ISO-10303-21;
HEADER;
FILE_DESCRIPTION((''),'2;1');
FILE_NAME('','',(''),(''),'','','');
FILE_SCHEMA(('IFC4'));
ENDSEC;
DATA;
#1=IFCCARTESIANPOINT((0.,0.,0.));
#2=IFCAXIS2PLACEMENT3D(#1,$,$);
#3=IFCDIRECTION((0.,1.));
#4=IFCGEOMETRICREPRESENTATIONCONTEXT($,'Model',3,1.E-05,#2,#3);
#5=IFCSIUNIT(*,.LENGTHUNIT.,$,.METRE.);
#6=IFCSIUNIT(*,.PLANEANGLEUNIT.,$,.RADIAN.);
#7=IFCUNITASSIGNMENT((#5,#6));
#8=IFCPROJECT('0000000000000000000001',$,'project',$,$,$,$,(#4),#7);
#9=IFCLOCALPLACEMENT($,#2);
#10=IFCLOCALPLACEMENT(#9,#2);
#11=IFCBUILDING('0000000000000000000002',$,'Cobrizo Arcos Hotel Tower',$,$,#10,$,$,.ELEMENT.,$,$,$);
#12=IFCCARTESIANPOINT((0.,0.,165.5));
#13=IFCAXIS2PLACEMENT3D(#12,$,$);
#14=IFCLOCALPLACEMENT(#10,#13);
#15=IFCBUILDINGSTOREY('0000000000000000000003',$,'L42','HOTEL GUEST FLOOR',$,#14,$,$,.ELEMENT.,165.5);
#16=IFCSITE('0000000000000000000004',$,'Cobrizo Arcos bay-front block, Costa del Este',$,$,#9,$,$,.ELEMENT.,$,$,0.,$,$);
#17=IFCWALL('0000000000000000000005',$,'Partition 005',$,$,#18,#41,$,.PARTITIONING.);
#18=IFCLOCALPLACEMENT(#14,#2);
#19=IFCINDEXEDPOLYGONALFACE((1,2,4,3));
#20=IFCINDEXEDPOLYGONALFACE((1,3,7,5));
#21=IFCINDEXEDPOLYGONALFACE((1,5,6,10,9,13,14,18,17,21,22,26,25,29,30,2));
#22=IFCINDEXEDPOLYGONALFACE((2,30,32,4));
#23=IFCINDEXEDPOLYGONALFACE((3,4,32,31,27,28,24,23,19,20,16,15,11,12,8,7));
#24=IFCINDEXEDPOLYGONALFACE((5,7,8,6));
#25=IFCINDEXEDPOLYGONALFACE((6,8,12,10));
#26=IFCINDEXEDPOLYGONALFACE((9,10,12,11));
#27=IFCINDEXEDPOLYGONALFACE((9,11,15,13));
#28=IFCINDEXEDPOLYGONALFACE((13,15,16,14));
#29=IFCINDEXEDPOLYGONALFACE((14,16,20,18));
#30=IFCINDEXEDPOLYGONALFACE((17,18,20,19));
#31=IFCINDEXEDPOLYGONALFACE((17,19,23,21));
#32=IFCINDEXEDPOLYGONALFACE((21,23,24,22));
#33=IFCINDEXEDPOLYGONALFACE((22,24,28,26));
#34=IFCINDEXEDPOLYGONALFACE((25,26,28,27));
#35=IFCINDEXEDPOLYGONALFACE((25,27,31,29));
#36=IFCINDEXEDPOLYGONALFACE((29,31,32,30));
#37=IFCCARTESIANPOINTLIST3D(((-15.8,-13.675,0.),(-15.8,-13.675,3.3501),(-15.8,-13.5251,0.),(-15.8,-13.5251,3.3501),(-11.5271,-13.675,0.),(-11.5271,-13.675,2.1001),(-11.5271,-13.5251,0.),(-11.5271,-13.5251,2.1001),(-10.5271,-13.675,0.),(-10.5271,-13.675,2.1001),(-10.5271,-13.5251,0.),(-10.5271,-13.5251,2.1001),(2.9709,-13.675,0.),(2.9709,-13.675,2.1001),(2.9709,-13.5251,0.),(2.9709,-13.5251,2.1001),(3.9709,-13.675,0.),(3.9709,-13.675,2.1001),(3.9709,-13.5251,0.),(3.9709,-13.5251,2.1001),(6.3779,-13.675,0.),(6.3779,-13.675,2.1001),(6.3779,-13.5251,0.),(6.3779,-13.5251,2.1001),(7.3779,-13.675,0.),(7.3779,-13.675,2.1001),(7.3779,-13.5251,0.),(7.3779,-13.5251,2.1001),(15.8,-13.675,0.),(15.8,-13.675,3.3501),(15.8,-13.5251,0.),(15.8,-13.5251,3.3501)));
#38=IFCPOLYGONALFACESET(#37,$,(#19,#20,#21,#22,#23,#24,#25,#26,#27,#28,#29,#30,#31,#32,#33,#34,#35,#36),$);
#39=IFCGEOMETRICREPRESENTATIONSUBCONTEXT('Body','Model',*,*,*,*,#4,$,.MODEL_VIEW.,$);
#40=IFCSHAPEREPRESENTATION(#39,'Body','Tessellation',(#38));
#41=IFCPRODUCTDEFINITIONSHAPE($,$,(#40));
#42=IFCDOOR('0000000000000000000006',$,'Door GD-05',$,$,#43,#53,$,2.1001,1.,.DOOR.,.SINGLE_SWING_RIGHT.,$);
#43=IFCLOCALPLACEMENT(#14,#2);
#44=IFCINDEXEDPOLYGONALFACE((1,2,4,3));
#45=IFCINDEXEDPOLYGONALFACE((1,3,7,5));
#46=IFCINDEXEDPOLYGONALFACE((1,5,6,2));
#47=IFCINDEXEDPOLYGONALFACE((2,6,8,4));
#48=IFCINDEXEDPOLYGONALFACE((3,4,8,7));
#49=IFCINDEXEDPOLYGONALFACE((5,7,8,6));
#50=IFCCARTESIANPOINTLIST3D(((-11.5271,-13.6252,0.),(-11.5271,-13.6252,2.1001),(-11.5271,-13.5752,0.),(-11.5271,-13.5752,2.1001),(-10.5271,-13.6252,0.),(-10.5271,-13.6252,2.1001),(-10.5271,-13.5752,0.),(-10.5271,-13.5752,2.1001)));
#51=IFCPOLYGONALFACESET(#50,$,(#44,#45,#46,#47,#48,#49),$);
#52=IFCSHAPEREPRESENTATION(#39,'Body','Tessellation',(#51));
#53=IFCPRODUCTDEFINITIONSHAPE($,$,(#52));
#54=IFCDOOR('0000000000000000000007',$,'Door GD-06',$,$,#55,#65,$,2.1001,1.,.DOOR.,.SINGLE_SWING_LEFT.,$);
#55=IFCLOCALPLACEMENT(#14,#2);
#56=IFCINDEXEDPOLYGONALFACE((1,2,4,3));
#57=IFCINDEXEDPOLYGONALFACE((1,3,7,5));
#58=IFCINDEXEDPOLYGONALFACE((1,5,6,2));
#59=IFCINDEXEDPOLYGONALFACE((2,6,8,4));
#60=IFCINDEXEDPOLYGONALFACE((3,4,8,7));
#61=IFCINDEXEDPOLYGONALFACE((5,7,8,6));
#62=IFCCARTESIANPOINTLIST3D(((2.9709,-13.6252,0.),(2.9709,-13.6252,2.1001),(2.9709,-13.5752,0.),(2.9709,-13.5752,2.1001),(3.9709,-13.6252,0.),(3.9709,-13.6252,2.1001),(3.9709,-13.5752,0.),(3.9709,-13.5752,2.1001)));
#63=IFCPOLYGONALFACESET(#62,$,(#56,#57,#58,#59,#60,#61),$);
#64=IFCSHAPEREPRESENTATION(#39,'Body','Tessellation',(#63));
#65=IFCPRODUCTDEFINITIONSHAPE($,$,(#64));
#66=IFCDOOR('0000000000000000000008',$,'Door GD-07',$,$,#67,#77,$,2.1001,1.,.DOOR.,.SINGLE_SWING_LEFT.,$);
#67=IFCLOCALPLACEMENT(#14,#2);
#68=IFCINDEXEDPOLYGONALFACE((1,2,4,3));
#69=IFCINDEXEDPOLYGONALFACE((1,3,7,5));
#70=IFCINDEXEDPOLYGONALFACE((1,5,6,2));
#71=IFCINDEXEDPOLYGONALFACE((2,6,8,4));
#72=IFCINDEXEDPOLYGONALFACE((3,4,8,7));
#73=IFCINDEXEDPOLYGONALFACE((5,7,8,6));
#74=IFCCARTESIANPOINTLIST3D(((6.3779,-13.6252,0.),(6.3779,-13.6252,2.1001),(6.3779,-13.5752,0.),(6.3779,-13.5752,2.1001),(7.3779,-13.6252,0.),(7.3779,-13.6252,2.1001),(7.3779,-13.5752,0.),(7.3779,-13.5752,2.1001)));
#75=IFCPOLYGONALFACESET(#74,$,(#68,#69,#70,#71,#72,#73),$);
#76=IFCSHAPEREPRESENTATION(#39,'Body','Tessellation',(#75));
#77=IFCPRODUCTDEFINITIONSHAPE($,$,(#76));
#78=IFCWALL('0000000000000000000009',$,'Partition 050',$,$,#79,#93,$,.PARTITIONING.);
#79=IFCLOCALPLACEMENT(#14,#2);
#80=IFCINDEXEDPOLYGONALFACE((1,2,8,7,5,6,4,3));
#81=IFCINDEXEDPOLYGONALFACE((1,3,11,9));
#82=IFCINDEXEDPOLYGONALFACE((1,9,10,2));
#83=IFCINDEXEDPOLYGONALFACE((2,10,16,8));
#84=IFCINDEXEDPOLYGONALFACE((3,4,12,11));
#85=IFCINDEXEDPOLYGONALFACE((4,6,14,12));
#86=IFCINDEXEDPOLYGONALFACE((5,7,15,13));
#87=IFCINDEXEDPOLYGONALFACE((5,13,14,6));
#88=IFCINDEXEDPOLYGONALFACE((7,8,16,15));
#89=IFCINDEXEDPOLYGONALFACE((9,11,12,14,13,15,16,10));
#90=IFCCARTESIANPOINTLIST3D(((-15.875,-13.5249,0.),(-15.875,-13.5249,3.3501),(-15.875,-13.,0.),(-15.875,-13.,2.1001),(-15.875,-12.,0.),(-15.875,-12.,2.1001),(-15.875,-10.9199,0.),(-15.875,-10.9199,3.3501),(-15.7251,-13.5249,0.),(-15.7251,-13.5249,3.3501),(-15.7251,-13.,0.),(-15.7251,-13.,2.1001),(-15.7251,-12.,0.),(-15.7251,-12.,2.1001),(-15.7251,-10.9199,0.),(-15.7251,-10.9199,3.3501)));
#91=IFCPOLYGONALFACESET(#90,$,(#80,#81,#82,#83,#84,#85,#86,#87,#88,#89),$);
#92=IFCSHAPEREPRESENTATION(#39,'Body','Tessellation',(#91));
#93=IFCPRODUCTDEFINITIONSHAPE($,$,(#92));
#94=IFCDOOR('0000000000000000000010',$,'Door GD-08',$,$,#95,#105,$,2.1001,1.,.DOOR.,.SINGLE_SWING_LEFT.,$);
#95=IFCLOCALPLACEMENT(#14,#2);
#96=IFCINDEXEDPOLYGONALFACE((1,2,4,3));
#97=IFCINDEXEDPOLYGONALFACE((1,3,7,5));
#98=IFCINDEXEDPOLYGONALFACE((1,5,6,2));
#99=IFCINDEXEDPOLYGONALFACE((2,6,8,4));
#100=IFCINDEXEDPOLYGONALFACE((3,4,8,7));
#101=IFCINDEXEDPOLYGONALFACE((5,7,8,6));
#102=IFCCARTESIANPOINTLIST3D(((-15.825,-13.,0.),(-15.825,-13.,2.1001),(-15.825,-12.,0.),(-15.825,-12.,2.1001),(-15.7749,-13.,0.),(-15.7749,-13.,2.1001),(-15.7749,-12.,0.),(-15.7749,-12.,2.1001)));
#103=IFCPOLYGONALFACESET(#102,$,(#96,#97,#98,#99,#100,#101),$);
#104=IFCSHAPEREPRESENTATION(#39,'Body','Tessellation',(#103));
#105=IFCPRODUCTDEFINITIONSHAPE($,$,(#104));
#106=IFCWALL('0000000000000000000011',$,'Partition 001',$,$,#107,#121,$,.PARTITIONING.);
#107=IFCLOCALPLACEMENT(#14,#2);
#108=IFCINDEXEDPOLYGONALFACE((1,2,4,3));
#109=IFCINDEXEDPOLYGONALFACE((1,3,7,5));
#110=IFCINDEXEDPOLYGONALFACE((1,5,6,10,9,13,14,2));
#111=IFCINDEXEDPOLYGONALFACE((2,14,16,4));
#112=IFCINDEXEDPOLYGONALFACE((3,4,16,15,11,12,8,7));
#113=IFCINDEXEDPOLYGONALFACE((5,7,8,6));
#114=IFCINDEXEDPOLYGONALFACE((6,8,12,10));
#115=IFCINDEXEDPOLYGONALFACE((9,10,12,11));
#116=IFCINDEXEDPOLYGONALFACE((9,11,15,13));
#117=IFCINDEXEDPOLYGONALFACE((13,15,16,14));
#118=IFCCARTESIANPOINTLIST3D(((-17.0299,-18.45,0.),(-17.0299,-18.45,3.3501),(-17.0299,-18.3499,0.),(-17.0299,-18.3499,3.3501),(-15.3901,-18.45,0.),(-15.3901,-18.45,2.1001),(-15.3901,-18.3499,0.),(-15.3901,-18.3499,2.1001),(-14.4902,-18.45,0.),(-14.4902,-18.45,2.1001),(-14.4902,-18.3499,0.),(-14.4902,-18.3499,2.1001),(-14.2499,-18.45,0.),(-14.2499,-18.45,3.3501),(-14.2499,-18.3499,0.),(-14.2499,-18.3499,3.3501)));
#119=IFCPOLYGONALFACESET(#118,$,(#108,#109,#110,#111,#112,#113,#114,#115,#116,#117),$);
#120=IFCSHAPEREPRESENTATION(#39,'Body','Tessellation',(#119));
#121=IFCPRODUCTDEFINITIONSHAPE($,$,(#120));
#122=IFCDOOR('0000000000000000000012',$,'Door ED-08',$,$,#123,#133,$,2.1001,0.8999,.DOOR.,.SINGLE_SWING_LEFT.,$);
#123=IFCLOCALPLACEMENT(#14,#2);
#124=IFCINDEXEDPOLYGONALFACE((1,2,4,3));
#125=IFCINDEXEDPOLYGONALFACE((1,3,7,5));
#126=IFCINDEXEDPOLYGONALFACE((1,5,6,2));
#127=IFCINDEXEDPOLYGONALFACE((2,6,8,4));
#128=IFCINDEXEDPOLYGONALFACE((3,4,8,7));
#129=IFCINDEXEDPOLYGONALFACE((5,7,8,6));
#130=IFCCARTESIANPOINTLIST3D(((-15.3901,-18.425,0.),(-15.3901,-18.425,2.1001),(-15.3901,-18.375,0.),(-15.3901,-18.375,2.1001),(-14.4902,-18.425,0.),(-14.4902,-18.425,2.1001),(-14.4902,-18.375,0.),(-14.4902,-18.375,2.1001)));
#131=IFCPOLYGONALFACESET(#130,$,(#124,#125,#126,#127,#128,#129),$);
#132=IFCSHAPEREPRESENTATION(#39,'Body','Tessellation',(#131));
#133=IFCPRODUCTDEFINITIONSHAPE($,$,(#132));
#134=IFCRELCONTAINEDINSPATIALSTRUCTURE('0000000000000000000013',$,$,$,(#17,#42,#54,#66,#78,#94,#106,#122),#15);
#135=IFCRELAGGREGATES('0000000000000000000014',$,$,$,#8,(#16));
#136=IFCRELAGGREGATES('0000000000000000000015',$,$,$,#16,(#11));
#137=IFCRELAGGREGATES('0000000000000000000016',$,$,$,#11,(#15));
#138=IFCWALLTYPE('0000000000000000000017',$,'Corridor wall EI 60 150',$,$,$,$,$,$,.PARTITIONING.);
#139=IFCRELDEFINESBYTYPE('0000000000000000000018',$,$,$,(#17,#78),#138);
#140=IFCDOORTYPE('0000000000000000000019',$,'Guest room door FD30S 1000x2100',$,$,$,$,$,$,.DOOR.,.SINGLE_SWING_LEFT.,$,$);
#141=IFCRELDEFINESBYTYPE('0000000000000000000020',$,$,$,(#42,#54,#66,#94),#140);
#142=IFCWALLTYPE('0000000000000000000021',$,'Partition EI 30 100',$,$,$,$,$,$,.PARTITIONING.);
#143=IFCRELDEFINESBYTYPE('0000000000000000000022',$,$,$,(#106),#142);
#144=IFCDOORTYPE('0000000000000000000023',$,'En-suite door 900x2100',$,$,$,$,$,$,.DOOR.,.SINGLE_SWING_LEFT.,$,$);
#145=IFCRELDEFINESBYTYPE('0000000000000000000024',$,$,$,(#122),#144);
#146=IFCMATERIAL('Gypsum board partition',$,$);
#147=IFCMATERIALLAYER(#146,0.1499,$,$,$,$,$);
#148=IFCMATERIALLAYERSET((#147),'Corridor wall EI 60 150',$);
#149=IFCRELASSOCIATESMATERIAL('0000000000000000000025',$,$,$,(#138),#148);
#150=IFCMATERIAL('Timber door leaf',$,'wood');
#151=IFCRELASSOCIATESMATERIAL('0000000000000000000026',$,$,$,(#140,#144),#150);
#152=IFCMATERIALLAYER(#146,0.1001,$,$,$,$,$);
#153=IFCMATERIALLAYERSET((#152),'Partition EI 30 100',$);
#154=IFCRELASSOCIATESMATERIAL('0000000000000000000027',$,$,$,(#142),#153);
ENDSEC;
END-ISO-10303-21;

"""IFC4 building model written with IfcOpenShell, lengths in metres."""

from ifc_helpers import new_model, si_unit, direction, frame, frame_2d, origin, place, context, subcontext, project, spatial, rectangle, extrude, material, layer, layer_set, type_object, element, fill, save


model = new_model("IFC4")

# Units and contexts
model_context = context("Model", 3, precision=1e-05, world=origin(), true_north=direction((0.0, 1.0)))
body_context = subcontext(model_context, "Body", "Model", "MODEL_VIEW")
ifc_project = project(units=[si_unit("LENGTHUNIT", "METRE"), si_unit("PLANEANGLEUNIT", "RADIAN")], contexts=[model_context])

# Site, building, storey
site_placement = place(None, origin())
site = spatial("IfcSite", under=ifc_project, at=site_placement, Name="Cobrizo Arcos bay-front block, Costa del Este", CompositionType="ELEMENT", RefElevation=0.0)
building_placement = place(site_placement, origin())
building = spatial("IfcBuilding", under=site, at=building_placement, Name="Cobrizo Arcos Hotel Tower", CompositionType="ELEMENT")
storey_placement = place(building_placement, frame((0.0, 0.0, 165.5)))
storey = spatial("IfcBuildingStorey", under=building, at=storey_placement, Name="L42", Description="HOTEL GUEST FLOOR", CompositionType="ELEMENT", Elevation=165.5)

# Wall, openings, doors
ifc_material_1 = material(Name="Gypsum board partition")
ifc_layer_1 = layer(ifc_material_1, 0.1499)
ifc_layer_set_1 = layer_set([ifc_layer_1], Name="Corridor wall EI 60 150")
wall_type_1 = type_object("IfcWallType", Name="Corridor wall EI 60 150", PredefinedType="PARTITIONING", material=ifc_layer_set_1)
wall_1_placement = place(storey_placement, frame((-15.8, -13.6001, 0.0), z_axis=(0.0, 0.0, 1.0), x_axis=(1.0, 0.0, 0.0)))
wall_1 = element("IfcWall", 1, at=wall_1_placement, inside=storey, type_object=wall_type_1, Name="Partition 005", PredefinedType="PARTITIONING", context=body_context, shape_type="SweptSolid", body=[
    extrude(rectangle(XDim=31.6001, YDim=0.1499, at=frame_2d((15.8, 0.0))), origin(), (0.0, 0.0, 1.0), 3.3501),
])
opening_1_placement = place(wall_1_placement, frame((4.2729, 0.0, 0.0)))
opening_1 = element("IfcOpeningElement", 2, at=opening_1_placement, cuts=wall_1, PredefinedType="OPENING", context=body_context, shape_type="SweptSolid", body=[
    extrude(rectangle(XDim=1.0, YDim=2.1001, at=frame_2d((0.5, 1.05))), frame((0.0, 0.0869, 0.0), z_axis=(0.0, -1.0, 0.0), x_axis=(1.0, 0.0, 0.0)), (0.0, 0.0, 1.0), 0.1738),
])
opening_2_placement = place(wall_1_placement, frame((18.771, 0.0, 0.0)))
opening_2 = element("IfcOpeningElement", 3, at=opening_2_placement, cuts=wall_1, PredefinedType="OPENING", context=body_context, shape_type="SweptSolid", body=[
    extrude(rectangle(XDim=1.0, YDim=2.1001, at=frame_2d((0.5, 1.05))), frame((0.0, 0.0869, 0.0), z_axis=(0.0, -1.0, 0.0), x_axis=(1.0, 0.0, 0.0)), (0.0, 0.0, 1.0), 0.1738),
])
opening_3_placement = place(wall_1_placement, frame((22.178, 0.0, 0.0)))
opening_3 = element("IfcOpeningElement", 4, at=opening_3_placement, cuts=wall_1, PredefinedType="OPENING", context=body_context, shape_type="SweptSolid", body=[
    extrude(rectangle(XDim=1.0, YDim=2.1001, at=frame_2d((0.5, 1.05))), frame((0.0, 0.0869, 0.0), z_axis=(0.0, -1.0, 0.0), x_axis=(1.0, 0.0, 0.0)), (0.0, 0.0, 1.0), 0.1738),
])
ifc_material_2 = material(Name="Timber door leaf", Category="wood")
door_type_1 = type_object("IfcDoorType", Name="Guest room door FD30S 1000x2100", OperationType="SINGLE_SWING_LEFT", PredefinedType="DOOR", material=ifc_material_2)
door_1_placement = place(opening_1_placement, origin())
door_1 = element("IfcDoor", 5, at=door_1_placement, inside=storey, type_object=door_type_1, Name="Door GD-05", OperationType="SINGLE_SWING_RIGHT", OverallHeight=2.1001, OverallWidth=1.0, PredefinedType="DOOR", context=body_context, shape_type="SweptSolid", body=[
    extrude(rectangle(XDim=1.0, YDim=2.1001, at=frame_2d((0.5, 1.05))), frame((0.0, 0.0249, 0.0), z_axis=(0.0, -1.0, 0.0), x_axis=(1.0, 0.0, 0.0)), (0.0, 0.0, 1.0), 0.05),
])
fill(opening_1, door_1)
door_2_placement = place(opening_2_placement, origin())
door_2 = element("IfcDoor", 6, at=door_2_placement, inside=storey, type_object=door_type_1, Name="Door GD-06", OperationType="SINGLE_SWING_LEFT", OverallHeight=2.1001, OverallWidth=1.0, PredefinedType="DOOR", context=body_context, shape_type="SweptSolid", body=[
    extrude(rectangle(XDim=1.0, YDim=2.1001, at=frame_2d((0.5, 1.05))), frame((0.0, 0.0249, 0.0), z_axis=(0.0, -1.0, 0.0), x_axis=(1.0, 0.0, 0.0)), (0.0, 0.0, 1.0), 0.05),
])
fill(opening_2, door_2)
door_3_placement = place(opening_3_placement, origin())
door_3 = element("IfcDoor", 7, at=door_3_placement, inside=storey, type_object=door_type_1, Name="Door GD-07", OperationType="SINGLE_SWING_LEFT", OverallHeight=2.1001, OverallWidth=1.0, PredefinedType="DOOR", context=body_context, shape_type="SweptSolid", body=[
    extrude(rectangle(XDim=1.0, YDim=2.1001, at=frame_2d((0.5, 1.05))), frame((0.0, 0.0249, 0.0), z_axis=(0.0, -1.0, 0.0), x_axis=(1.0, 0.0, 0.0)), (0.0, 0.0, 1.0), 0.05),
])
fill(opening_3, door_3)

# Walls, openings, doors
wall_2_placement = place(storey_placement, frame((-15.8, -13.5249, 0.0), z_axis=(0.0, 0.0, 1.0), x_axis=(0.0, 1.0, 0.0)))
wall_2 = element("IfcWall", 8, at=wall_2_placement, inside=storey, type_object=wall_type_1, Name="Partition 050", PredefinedType="PARTITIONING", context=body_context, shape_type="SweptSolid", body=[
    extrude(rectangle(XDim=2.605, YDim=0.1499, at=frame_2d((1.3025, 0.0))), origin(), (0.0, 0.0, 1.0), 3.3501),
])
opening_4_placement = place(wall_2_placement, frame((0.5249, 0.0, 0.0)))
opening_4 = element("IfcOpeningElement", 9, at=opening_4_placement, cuts=wall_2, PredefinedType="OPENING", context=body_context, shape_type="SweptSolid", body=[
    extrude(rectangle(XDim=1.0, YDim=2.1001, at=frame_2d((0.5, 1.05))), frame((0.0, 0.0869, 0.0), z_axis=(0.0, -1.0, 0.0), x_axis=(1.0, 0.0, 0.0)), (0.0, 0.0, 1.0), 0.1738),
])
door_4_placement = place(opening_4_placement, origin())
door_4 = element("IfcDoor", 10, at=door_4_placement, inside=storey, type_object=door_type_1, Name="Door GD-08", OperationType="SINGLE_SWING_LEFT", OverallHeight=2.1001, OverallWidth=1.0, PredefinedType="DOOR", context=body_context, shape_type="SweptSolid", body=[
    extrude(rectangle(XDim=1.0, YDim=2.1001, at=frame_2d((0.5, 1.05))), frame((0.0, 0.0249, 0.0), z_axis=(0.0, -1.0, 0.0), x_axis=(1.0, 0.0, 0.0)), (0.0, 0.0, 1.0), 0.05),
])
fill(opening_4, door_4)
ifc_layer_2 = layer(ifc_material_1, 0.1001)
ifc_layer_set_2 = layer_set([ifc_layer_2], Name="Partition EI 30 100")
wall_type_2 = type_object("IfcWallType", Name="Partition EI 30 100", PredefinedType="PARTITIONING", material=ifc_layer_set_2)
wall_3_placement = place(storey_placement, frame((-17.03, -18.3999, 0.0), z_axis=(0.0, 0.0, 1.0), x_axis=(1.0, 0.0, 0.0)))
wall_3 = element("IfcWall", 11, at=wall_3_placement, inside=storey, type_object=wall_type_2, Name="Partition 001", PredefinedType="PARTITIONING", context=body_context, shape_type="SweptSolid", body=[
    extrude(rectangle(XDim=2.78, YDim=0.1001, at=frame_2d((1.3901, 0.0))), origin(), (0.0, 0.0, 1.0), 3.3501),
])
opening_5_placement = place(wall_3_placement, frame((1.6399, 0.0, 0.0)))
opening_5 = element("IfcOpeningElement", 12, at=opening_5_placement, cuts=wall_3, PredefinedType="OPENING", context=body_context, shape_type="SweptSolid", body=[
    extrude(rectangle(XDim=0.8999, YDim=2.1001, at=frame_2d((0.45, 1.05))), frame((0.0, 0.062, 0.0), z_axis=(0.0, -1.0, 0.0), x_axis=(1.0, 0.0, 0.0)), (0.0, 0.0, 1.0), 0.124),
])
door_type_2 = type_object("IfcDoorType", Name="En-suite door 900x2100", OperationType="SINGLE_SWING_LEFT", PredefinedType="DOOR", material=ifc_material_2)
door_5_placement = place(opening_5_placement, origin())
door_5 = element("IfcDoor", 13, at=door_5_placement, inside=storey, type_object=door_type_2, Name="Door ED-08", OperationType="SINGLE_SWING_LEFT", OverallHeight=2.1001, OverallWidth=0.8999, PredefinedType="DOOR", context=body_context, shape_type="SweptSolid", body=[
    extrude(rectangle(XDim=0.8999, YDim=2.1001, at=frame_2d((0.45, 1.05))), frame((0.0, 0.0249, 0.0), z_axis=(0.0, -1.0, 0.0), x_axis=(1.0, 0.0, 0.0)), (0.0, 0.0, 1.0), 0.05),
])
fill(opening_5, door_5)

save(model, "model.ifc")
